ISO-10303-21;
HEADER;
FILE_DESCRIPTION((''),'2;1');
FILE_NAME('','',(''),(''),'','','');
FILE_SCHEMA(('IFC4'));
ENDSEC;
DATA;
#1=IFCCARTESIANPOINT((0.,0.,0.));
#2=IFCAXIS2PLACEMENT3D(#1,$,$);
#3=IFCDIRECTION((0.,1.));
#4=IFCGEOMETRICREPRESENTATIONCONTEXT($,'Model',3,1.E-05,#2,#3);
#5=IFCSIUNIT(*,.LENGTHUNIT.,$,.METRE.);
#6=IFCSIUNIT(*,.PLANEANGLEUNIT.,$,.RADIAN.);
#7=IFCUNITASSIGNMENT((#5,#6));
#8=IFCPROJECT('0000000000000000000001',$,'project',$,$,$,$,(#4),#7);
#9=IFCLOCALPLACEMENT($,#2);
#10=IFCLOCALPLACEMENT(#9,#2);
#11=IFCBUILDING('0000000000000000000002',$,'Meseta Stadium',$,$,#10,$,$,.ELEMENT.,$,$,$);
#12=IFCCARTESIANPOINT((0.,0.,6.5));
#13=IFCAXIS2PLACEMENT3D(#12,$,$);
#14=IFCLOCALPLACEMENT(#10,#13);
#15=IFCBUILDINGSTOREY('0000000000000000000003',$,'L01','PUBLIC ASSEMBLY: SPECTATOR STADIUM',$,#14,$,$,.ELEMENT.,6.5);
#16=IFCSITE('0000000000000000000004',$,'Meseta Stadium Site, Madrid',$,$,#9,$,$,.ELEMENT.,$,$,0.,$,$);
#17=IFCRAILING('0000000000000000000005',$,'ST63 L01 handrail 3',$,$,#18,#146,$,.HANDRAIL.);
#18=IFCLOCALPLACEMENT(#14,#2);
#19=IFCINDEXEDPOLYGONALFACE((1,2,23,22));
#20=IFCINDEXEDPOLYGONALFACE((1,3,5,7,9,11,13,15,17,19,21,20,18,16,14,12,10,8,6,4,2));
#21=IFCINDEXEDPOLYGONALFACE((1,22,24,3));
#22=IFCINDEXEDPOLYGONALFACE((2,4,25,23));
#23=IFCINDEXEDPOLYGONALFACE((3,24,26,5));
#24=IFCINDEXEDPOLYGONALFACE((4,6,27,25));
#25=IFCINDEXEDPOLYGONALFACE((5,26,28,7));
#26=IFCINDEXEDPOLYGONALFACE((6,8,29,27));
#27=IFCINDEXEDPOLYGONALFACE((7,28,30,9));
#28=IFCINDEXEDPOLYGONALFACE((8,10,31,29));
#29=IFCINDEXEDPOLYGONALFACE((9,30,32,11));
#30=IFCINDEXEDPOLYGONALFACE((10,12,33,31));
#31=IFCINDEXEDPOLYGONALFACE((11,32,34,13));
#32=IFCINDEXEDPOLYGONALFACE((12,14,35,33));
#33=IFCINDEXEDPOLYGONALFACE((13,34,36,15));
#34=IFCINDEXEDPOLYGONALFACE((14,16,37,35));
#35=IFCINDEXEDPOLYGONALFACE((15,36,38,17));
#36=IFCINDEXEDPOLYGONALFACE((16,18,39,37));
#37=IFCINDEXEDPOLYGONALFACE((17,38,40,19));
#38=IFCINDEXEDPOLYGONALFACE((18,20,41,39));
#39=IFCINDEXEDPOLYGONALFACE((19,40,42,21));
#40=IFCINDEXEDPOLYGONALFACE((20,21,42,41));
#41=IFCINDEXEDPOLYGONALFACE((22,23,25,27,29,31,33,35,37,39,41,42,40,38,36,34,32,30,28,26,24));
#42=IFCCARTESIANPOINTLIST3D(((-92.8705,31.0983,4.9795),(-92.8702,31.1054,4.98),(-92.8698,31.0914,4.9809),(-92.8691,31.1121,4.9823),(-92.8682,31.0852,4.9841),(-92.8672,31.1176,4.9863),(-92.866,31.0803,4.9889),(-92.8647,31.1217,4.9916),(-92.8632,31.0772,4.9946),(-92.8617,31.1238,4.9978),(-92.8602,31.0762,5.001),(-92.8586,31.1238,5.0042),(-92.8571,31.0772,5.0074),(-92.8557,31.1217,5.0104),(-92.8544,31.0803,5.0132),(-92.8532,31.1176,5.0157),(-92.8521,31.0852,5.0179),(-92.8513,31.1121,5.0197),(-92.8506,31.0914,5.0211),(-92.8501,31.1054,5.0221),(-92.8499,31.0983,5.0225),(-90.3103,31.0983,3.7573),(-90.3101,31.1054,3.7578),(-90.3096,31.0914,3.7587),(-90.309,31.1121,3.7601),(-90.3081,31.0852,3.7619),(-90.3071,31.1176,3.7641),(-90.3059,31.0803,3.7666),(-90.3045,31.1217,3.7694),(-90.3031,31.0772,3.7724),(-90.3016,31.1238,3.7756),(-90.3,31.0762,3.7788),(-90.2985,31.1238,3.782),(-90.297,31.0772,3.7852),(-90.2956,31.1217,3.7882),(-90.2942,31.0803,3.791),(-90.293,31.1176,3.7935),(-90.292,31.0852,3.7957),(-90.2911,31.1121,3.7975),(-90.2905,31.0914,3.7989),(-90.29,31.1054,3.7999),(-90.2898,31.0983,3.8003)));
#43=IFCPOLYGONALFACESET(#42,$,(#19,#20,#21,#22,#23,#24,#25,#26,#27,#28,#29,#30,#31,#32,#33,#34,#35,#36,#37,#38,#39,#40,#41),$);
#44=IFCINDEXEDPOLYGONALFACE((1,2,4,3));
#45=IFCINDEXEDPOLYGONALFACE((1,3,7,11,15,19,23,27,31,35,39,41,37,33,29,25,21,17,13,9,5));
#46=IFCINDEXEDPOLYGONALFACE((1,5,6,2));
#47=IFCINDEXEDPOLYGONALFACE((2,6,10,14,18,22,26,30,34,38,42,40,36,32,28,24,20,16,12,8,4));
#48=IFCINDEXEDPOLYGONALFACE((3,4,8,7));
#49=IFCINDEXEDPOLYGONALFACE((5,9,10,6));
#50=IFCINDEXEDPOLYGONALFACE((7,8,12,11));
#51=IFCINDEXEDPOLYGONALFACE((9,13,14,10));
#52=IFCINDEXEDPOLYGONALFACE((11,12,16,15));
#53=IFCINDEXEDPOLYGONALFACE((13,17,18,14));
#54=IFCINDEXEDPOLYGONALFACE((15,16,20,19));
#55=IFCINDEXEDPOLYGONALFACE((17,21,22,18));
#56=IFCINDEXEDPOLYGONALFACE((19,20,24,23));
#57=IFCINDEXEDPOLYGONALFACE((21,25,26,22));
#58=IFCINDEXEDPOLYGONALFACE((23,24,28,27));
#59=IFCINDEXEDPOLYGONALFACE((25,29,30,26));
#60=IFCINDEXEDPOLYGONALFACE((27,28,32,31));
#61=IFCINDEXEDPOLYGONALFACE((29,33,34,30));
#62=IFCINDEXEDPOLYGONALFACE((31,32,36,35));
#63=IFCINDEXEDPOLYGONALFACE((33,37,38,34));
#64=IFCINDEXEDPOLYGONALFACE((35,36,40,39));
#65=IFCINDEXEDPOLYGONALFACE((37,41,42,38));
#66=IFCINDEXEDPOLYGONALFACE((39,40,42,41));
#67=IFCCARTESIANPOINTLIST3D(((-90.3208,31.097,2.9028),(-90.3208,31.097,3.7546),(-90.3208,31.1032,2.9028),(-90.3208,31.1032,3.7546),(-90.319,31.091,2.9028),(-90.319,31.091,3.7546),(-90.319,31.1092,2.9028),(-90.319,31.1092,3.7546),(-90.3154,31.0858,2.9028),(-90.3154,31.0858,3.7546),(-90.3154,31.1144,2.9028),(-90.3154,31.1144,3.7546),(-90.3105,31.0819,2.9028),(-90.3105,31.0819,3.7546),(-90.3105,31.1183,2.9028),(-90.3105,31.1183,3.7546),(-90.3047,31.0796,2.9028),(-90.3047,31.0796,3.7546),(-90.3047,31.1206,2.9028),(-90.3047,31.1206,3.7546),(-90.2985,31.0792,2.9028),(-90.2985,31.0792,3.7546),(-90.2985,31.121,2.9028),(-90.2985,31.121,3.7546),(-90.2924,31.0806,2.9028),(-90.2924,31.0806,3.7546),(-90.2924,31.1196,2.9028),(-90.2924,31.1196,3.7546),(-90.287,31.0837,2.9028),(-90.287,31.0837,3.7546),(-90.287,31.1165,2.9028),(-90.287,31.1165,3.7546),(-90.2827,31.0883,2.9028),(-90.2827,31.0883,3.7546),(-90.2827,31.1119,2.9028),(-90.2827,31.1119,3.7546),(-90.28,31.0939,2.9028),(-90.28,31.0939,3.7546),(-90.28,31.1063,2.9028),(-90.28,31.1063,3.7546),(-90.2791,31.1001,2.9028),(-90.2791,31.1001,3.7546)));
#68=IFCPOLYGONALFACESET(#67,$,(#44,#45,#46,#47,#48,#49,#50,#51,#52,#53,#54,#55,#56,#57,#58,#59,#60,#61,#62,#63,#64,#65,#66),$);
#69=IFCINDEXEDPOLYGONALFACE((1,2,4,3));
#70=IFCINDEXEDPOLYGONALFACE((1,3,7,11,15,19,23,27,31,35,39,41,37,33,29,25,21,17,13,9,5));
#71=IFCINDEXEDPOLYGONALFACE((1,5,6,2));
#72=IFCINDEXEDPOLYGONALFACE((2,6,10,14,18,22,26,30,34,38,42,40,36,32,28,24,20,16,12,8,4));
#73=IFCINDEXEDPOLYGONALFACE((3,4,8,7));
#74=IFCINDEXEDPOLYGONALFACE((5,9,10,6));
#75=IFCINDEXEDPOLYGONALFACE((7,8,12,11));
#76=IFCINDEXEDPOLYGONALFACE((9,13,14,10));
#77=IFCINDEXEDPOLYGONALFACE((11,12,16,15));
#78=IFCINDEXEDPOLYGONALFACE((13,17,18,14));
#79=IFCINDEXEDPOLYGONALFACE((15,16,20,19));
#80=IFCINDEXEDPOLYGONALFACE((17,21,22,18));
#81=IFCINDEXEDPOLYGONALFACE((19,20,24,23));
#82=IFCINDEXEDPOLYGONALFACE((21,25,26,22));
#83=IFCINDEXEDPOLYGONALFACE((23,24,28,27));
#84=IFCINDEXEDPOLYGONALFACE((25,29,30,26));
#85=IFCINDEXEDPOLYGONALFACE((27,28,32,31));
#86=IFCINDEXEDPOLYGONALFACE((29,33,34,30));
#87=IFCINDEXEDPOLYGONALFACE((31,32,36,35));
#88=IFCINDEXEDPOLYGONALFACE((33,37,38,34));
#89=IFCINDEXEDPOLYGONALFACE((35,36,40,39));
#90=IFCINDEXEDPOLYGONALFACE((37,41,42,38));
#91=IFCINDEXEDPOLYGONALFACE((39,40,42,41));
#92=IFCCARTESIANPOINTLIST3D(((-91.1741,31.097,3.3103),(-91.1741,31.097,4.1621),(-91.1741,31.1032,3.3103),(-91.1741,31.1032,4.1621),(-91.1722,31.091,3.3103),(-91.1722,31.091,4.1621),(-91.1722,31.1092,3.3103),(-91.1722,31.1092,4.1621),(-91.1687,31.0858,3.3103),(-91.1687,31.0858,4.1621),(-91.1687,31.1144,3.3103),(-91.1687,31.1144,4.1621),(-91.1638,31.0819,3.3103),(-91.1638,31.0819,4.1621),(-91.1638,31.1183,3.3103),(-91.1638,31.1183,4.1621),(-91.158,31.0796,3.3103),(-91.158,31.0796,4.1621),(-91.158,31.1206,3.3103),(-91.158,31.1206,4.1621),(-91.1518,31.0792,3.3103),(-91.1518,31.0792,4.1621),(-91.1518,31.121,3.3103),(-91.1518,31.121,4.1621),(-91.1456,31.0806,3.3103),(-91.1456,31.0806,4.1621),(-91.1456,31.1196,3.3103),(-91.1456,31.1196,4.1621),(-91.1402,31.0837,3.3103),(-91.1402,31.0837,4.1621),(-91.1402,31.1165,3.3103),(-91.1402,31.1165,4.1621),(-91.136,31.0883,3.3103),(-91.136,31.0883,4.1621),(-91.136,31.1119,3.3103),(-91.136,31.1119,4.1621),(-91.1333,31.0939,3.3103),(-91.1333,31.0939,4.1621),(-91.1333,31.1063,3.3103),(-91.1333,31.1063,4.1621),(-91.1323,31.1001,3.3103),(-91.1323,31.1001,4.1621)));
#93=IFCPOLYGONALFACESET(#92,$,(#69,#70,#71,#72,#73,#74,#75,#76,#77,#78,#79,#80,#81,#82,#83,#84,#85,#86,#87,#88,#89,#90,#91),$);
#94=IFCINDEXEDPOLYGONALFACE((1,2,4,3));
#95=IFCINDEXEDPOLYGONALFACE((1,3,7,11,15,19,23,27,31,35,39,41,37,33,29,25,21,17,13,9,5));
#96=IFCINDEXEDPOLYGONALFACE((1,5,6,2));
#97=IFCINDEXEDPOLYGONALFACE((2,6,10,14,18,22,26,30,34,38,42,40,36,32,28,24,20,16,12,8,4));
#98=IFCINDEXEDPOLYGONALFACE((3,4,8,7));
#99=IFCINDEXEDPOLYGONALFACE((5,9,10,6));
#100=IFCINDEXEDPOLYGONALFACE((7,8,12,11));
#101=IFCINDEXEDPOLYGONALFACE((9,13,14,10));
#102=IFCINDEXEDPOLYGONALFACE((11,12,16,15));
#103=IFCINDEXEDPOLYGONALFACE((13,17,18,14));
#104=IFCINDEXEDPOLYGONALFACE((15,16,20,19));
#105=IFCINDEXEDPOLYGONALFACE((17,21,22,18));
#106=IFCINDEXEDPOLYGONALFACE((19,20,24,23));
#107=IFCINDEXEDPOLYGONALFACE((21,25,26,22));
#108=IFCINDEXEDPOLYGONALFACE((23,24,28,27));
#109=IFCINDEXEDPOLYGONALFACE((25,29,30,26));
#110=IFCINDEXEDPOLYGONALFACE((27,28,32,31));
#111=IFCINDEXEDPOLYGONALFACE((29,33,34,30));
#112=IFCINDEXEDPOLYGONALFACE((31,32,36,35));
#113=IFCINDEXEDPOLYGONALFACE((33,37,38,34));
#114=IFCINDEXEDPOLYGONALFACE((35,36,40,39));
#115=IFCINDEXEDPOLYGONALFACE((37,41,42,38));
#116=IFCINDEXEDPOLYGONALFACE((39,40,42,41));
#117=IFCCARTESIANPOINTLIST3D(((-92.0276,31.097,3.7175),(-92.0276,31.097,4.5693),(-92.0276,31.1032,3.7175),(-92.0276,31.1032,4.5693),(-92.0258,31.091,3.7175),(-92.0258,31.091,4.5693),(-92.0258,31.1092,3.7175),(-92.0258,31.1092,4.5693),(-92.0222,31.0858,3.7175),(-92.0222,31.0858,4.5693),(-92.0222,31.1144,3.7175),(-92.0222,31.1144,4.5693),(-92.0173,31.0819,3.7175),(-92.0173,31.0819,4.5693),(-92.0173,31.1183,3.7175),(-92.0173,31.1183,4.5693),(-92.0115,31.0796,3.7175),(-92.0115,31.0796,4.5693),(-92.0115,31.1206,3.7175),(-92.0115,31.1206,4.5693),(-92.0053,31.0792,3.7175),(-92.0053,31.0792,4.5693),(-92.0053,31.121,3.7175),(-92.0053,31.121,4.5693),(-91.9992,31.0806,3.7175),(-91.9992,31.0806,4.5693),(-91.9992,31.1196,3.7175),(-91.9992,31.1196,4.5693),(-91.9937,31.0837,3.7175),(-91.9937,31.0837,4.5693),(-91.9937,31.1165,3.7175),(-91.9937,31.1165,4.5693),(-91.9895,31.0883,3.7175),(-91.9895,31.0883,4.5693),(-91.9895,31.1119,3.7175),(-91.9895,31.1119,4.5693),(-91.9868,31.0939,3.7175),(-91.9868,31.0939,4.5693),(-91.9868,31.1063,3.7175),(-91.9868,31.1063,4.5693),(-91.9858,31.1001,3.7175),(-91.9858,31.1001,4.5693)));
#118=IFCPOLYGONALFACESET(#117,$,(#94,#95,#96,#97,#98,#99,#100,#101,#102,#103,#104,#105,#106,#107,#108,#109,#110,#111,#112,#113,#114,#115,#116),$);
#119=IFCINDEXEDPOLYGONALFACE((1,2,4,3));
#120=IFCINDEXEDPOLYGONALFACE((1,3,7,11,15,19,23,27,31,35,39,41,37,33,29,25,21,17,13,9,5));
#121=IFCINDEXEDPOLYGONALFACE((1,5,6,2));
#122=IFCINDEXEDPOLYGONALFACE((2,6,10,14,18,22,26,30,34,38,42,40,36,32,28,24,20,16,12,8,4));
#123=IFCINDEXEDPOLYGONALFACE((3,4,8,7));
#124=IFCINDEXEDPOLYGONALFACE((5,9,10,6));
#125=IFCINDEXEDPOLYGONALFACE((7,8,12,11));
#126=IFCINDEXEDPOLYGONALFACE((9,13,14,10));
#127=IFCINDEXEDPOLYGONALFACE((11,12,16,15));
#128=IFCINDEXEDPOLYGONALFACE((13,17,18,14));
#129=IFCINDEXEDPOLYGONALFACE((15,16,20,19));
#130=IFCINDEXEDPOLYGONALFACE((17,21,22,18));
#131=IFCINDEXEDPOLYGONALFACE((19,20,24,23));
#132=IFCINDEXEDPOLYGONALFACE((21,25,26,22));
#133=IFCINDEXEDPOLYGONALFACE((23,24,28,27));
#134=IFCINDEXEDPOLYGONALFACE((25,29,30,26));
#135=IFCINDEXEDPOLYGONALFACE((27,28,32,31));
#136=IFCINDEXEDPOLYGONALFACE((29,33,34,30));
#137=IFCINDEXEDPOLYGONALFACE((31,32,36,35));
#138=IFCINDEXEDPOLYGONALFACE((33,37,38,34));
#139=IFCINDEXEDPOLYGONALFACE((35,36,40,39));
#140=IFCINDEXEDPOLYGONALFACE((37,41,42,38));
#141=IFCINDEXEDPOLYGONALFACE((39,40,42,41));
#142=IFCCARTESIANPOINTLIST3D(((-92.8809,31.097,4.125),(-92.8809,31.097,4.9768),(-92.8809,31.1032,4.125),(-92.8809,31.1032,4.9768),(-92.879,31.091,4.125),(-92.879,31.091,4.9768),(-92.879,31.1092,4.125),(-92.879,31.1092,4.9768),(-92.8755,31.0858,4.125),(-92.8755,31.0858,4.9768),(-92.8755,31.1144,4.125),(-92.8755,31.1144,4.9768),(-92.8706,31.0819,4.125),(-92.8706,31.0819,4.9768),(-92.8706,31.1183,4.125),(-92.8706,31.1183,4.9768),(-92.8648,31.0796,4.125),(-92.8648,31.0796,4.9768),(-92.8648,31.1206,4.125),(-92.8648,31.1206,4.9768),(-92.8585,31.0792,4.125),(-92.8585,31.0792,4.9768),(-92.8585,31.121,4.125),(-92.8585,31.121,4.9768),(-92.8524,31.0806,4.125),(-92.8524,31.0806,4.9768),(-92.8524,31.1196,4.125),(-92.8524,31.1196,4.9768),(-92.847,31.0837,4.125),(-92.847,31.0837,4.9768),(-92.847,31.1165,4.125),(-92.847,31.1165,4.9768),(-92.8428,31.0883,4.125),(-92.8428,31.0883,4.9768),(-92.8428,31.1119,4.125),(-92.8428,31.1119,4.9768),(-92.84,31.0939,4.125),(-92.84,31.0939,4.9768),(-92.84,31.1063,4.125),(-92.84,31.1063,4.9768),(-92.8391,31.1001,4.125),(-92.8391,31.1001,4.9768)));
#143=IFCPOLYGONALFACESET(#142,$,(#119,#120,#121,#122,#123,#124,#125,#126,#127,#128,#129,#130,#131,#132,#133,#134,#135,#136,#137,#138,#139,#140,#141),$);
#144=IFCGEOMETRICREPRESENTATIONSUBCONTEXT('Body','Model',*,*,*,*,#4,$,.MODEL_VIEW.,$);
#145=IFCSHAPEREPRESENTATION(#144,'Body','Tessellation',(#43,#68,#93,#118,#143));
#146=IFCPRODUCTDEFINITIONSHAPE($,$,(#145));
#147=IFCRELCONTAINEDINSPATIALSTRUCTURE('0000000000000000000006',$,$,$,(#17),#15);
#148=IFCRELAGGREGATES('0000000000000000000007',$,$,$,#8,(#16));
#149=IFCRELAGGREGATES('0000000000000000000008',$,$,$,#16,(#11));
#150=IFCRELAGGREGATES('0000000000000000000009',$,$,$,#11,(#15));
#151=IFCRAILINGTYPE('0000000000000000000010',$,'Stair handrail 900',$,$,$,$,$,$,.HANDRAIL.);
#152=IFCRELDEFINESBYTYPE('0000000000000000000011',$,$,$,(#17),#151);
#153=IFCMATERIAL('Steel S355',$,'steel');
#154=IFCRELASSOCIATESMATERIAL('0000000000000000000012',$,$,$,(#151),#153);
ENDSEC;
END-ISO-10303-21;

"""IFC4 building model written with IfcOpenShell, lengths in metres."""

from ifc_helpers import new_model, si_unit, direction, frame, origin, origin_2d, place, context, subcontext, project, spatial, circle, extrude, material, type_object, element, save


model = new_model("IFC4")

# Units and contexts
model_context = context("Model", 3, precision=1e-05, world=origin(), true_north=direction((0.0, 1.0)))
body_context = subcontext(model_context, "Body", "Model", "MODEL_VIEW")
ifc_project = project(units=[si_unit("LENGTHUNIT", "METRE"), si_unit("PLANEANGLEUNIT", "RADIAN")], contexts=[model_context])

# Site, building, storey
site_placement = place(None, origin())
site = spatial("IfcSite", under=ifc_project, at=site_placement, Name="Meseta Stadium Site, Madrid", CompositionType="ELEMENT", RefElevation=0.0)
building_placement = place(site_placement, origin())
building = spatial("IfcBuilding", under=site, at=building_placement, Name="Meseta Stadium", CompositionType="ELEMENT")
storey_placement = place(building_placement, frame((0.0, 0.0, 6.5)))
storey = spatial("IfcBuildingStorey", under=building, at=storey_placement, Name="L01", Description="PUBLIC ASSEMBLY: SPECTATOR STADIUM", CompositionType="ELEMENT", Elevation=6.5)

# Railing
ifc_material_1 = material(Name="Steel S355", Category="steel")
railing_type_1 = type_object("IfcRailingType", Name="Stair handrail 900", PredefinedType="HANDRAIL", material=ifc_material_1)
for number, where, name in (
    (1, (-90.3, 31.1001, 2.9028), "ST63 L01 handrail 3"),
):
    element("IfcRailing", number, at=place(storey_placement, frame(where)), inside=storey, type_object=railing_type_1, Name=name, PredefinedType="HANDRAIL", context=body_context, shape_type="SweptSolid", body=[
        extrude(circle(Radius=0.0239, at=origin_2d()), frame((0.0, 0.0, 0.876), z_axis=(-0.902437, 0.0, 0.430822), x_axis=(0.0, -1.0, 0.0)), (0.0, 0.0, 1.0), 2.8369),
        extrude(circle(Radius=0.021, at=origin_2d()), origin(), (0.0, 0.0, 1.0), 0.8518),
        extrude(circle(Radius=0.021, at=origin_2d()), frame((-0.8533, 0.0, 0.4075)), (0.0, 0.0, 1.0), 0.8518),
        extrude(circle(Radius=0.021, at=origin_2d()), frame((-1.7068, 0.0, 0.8147)), (0.0, 0.0, 1.0), 0.8518),
        extrude(circle(Radius=0.021, at=origin_2d()), frame((-2.5601, 0.0, 1.2222)), (0.0, 0.0, 1.0), 0.8518),
    ])

save(model, "model.ifc")
